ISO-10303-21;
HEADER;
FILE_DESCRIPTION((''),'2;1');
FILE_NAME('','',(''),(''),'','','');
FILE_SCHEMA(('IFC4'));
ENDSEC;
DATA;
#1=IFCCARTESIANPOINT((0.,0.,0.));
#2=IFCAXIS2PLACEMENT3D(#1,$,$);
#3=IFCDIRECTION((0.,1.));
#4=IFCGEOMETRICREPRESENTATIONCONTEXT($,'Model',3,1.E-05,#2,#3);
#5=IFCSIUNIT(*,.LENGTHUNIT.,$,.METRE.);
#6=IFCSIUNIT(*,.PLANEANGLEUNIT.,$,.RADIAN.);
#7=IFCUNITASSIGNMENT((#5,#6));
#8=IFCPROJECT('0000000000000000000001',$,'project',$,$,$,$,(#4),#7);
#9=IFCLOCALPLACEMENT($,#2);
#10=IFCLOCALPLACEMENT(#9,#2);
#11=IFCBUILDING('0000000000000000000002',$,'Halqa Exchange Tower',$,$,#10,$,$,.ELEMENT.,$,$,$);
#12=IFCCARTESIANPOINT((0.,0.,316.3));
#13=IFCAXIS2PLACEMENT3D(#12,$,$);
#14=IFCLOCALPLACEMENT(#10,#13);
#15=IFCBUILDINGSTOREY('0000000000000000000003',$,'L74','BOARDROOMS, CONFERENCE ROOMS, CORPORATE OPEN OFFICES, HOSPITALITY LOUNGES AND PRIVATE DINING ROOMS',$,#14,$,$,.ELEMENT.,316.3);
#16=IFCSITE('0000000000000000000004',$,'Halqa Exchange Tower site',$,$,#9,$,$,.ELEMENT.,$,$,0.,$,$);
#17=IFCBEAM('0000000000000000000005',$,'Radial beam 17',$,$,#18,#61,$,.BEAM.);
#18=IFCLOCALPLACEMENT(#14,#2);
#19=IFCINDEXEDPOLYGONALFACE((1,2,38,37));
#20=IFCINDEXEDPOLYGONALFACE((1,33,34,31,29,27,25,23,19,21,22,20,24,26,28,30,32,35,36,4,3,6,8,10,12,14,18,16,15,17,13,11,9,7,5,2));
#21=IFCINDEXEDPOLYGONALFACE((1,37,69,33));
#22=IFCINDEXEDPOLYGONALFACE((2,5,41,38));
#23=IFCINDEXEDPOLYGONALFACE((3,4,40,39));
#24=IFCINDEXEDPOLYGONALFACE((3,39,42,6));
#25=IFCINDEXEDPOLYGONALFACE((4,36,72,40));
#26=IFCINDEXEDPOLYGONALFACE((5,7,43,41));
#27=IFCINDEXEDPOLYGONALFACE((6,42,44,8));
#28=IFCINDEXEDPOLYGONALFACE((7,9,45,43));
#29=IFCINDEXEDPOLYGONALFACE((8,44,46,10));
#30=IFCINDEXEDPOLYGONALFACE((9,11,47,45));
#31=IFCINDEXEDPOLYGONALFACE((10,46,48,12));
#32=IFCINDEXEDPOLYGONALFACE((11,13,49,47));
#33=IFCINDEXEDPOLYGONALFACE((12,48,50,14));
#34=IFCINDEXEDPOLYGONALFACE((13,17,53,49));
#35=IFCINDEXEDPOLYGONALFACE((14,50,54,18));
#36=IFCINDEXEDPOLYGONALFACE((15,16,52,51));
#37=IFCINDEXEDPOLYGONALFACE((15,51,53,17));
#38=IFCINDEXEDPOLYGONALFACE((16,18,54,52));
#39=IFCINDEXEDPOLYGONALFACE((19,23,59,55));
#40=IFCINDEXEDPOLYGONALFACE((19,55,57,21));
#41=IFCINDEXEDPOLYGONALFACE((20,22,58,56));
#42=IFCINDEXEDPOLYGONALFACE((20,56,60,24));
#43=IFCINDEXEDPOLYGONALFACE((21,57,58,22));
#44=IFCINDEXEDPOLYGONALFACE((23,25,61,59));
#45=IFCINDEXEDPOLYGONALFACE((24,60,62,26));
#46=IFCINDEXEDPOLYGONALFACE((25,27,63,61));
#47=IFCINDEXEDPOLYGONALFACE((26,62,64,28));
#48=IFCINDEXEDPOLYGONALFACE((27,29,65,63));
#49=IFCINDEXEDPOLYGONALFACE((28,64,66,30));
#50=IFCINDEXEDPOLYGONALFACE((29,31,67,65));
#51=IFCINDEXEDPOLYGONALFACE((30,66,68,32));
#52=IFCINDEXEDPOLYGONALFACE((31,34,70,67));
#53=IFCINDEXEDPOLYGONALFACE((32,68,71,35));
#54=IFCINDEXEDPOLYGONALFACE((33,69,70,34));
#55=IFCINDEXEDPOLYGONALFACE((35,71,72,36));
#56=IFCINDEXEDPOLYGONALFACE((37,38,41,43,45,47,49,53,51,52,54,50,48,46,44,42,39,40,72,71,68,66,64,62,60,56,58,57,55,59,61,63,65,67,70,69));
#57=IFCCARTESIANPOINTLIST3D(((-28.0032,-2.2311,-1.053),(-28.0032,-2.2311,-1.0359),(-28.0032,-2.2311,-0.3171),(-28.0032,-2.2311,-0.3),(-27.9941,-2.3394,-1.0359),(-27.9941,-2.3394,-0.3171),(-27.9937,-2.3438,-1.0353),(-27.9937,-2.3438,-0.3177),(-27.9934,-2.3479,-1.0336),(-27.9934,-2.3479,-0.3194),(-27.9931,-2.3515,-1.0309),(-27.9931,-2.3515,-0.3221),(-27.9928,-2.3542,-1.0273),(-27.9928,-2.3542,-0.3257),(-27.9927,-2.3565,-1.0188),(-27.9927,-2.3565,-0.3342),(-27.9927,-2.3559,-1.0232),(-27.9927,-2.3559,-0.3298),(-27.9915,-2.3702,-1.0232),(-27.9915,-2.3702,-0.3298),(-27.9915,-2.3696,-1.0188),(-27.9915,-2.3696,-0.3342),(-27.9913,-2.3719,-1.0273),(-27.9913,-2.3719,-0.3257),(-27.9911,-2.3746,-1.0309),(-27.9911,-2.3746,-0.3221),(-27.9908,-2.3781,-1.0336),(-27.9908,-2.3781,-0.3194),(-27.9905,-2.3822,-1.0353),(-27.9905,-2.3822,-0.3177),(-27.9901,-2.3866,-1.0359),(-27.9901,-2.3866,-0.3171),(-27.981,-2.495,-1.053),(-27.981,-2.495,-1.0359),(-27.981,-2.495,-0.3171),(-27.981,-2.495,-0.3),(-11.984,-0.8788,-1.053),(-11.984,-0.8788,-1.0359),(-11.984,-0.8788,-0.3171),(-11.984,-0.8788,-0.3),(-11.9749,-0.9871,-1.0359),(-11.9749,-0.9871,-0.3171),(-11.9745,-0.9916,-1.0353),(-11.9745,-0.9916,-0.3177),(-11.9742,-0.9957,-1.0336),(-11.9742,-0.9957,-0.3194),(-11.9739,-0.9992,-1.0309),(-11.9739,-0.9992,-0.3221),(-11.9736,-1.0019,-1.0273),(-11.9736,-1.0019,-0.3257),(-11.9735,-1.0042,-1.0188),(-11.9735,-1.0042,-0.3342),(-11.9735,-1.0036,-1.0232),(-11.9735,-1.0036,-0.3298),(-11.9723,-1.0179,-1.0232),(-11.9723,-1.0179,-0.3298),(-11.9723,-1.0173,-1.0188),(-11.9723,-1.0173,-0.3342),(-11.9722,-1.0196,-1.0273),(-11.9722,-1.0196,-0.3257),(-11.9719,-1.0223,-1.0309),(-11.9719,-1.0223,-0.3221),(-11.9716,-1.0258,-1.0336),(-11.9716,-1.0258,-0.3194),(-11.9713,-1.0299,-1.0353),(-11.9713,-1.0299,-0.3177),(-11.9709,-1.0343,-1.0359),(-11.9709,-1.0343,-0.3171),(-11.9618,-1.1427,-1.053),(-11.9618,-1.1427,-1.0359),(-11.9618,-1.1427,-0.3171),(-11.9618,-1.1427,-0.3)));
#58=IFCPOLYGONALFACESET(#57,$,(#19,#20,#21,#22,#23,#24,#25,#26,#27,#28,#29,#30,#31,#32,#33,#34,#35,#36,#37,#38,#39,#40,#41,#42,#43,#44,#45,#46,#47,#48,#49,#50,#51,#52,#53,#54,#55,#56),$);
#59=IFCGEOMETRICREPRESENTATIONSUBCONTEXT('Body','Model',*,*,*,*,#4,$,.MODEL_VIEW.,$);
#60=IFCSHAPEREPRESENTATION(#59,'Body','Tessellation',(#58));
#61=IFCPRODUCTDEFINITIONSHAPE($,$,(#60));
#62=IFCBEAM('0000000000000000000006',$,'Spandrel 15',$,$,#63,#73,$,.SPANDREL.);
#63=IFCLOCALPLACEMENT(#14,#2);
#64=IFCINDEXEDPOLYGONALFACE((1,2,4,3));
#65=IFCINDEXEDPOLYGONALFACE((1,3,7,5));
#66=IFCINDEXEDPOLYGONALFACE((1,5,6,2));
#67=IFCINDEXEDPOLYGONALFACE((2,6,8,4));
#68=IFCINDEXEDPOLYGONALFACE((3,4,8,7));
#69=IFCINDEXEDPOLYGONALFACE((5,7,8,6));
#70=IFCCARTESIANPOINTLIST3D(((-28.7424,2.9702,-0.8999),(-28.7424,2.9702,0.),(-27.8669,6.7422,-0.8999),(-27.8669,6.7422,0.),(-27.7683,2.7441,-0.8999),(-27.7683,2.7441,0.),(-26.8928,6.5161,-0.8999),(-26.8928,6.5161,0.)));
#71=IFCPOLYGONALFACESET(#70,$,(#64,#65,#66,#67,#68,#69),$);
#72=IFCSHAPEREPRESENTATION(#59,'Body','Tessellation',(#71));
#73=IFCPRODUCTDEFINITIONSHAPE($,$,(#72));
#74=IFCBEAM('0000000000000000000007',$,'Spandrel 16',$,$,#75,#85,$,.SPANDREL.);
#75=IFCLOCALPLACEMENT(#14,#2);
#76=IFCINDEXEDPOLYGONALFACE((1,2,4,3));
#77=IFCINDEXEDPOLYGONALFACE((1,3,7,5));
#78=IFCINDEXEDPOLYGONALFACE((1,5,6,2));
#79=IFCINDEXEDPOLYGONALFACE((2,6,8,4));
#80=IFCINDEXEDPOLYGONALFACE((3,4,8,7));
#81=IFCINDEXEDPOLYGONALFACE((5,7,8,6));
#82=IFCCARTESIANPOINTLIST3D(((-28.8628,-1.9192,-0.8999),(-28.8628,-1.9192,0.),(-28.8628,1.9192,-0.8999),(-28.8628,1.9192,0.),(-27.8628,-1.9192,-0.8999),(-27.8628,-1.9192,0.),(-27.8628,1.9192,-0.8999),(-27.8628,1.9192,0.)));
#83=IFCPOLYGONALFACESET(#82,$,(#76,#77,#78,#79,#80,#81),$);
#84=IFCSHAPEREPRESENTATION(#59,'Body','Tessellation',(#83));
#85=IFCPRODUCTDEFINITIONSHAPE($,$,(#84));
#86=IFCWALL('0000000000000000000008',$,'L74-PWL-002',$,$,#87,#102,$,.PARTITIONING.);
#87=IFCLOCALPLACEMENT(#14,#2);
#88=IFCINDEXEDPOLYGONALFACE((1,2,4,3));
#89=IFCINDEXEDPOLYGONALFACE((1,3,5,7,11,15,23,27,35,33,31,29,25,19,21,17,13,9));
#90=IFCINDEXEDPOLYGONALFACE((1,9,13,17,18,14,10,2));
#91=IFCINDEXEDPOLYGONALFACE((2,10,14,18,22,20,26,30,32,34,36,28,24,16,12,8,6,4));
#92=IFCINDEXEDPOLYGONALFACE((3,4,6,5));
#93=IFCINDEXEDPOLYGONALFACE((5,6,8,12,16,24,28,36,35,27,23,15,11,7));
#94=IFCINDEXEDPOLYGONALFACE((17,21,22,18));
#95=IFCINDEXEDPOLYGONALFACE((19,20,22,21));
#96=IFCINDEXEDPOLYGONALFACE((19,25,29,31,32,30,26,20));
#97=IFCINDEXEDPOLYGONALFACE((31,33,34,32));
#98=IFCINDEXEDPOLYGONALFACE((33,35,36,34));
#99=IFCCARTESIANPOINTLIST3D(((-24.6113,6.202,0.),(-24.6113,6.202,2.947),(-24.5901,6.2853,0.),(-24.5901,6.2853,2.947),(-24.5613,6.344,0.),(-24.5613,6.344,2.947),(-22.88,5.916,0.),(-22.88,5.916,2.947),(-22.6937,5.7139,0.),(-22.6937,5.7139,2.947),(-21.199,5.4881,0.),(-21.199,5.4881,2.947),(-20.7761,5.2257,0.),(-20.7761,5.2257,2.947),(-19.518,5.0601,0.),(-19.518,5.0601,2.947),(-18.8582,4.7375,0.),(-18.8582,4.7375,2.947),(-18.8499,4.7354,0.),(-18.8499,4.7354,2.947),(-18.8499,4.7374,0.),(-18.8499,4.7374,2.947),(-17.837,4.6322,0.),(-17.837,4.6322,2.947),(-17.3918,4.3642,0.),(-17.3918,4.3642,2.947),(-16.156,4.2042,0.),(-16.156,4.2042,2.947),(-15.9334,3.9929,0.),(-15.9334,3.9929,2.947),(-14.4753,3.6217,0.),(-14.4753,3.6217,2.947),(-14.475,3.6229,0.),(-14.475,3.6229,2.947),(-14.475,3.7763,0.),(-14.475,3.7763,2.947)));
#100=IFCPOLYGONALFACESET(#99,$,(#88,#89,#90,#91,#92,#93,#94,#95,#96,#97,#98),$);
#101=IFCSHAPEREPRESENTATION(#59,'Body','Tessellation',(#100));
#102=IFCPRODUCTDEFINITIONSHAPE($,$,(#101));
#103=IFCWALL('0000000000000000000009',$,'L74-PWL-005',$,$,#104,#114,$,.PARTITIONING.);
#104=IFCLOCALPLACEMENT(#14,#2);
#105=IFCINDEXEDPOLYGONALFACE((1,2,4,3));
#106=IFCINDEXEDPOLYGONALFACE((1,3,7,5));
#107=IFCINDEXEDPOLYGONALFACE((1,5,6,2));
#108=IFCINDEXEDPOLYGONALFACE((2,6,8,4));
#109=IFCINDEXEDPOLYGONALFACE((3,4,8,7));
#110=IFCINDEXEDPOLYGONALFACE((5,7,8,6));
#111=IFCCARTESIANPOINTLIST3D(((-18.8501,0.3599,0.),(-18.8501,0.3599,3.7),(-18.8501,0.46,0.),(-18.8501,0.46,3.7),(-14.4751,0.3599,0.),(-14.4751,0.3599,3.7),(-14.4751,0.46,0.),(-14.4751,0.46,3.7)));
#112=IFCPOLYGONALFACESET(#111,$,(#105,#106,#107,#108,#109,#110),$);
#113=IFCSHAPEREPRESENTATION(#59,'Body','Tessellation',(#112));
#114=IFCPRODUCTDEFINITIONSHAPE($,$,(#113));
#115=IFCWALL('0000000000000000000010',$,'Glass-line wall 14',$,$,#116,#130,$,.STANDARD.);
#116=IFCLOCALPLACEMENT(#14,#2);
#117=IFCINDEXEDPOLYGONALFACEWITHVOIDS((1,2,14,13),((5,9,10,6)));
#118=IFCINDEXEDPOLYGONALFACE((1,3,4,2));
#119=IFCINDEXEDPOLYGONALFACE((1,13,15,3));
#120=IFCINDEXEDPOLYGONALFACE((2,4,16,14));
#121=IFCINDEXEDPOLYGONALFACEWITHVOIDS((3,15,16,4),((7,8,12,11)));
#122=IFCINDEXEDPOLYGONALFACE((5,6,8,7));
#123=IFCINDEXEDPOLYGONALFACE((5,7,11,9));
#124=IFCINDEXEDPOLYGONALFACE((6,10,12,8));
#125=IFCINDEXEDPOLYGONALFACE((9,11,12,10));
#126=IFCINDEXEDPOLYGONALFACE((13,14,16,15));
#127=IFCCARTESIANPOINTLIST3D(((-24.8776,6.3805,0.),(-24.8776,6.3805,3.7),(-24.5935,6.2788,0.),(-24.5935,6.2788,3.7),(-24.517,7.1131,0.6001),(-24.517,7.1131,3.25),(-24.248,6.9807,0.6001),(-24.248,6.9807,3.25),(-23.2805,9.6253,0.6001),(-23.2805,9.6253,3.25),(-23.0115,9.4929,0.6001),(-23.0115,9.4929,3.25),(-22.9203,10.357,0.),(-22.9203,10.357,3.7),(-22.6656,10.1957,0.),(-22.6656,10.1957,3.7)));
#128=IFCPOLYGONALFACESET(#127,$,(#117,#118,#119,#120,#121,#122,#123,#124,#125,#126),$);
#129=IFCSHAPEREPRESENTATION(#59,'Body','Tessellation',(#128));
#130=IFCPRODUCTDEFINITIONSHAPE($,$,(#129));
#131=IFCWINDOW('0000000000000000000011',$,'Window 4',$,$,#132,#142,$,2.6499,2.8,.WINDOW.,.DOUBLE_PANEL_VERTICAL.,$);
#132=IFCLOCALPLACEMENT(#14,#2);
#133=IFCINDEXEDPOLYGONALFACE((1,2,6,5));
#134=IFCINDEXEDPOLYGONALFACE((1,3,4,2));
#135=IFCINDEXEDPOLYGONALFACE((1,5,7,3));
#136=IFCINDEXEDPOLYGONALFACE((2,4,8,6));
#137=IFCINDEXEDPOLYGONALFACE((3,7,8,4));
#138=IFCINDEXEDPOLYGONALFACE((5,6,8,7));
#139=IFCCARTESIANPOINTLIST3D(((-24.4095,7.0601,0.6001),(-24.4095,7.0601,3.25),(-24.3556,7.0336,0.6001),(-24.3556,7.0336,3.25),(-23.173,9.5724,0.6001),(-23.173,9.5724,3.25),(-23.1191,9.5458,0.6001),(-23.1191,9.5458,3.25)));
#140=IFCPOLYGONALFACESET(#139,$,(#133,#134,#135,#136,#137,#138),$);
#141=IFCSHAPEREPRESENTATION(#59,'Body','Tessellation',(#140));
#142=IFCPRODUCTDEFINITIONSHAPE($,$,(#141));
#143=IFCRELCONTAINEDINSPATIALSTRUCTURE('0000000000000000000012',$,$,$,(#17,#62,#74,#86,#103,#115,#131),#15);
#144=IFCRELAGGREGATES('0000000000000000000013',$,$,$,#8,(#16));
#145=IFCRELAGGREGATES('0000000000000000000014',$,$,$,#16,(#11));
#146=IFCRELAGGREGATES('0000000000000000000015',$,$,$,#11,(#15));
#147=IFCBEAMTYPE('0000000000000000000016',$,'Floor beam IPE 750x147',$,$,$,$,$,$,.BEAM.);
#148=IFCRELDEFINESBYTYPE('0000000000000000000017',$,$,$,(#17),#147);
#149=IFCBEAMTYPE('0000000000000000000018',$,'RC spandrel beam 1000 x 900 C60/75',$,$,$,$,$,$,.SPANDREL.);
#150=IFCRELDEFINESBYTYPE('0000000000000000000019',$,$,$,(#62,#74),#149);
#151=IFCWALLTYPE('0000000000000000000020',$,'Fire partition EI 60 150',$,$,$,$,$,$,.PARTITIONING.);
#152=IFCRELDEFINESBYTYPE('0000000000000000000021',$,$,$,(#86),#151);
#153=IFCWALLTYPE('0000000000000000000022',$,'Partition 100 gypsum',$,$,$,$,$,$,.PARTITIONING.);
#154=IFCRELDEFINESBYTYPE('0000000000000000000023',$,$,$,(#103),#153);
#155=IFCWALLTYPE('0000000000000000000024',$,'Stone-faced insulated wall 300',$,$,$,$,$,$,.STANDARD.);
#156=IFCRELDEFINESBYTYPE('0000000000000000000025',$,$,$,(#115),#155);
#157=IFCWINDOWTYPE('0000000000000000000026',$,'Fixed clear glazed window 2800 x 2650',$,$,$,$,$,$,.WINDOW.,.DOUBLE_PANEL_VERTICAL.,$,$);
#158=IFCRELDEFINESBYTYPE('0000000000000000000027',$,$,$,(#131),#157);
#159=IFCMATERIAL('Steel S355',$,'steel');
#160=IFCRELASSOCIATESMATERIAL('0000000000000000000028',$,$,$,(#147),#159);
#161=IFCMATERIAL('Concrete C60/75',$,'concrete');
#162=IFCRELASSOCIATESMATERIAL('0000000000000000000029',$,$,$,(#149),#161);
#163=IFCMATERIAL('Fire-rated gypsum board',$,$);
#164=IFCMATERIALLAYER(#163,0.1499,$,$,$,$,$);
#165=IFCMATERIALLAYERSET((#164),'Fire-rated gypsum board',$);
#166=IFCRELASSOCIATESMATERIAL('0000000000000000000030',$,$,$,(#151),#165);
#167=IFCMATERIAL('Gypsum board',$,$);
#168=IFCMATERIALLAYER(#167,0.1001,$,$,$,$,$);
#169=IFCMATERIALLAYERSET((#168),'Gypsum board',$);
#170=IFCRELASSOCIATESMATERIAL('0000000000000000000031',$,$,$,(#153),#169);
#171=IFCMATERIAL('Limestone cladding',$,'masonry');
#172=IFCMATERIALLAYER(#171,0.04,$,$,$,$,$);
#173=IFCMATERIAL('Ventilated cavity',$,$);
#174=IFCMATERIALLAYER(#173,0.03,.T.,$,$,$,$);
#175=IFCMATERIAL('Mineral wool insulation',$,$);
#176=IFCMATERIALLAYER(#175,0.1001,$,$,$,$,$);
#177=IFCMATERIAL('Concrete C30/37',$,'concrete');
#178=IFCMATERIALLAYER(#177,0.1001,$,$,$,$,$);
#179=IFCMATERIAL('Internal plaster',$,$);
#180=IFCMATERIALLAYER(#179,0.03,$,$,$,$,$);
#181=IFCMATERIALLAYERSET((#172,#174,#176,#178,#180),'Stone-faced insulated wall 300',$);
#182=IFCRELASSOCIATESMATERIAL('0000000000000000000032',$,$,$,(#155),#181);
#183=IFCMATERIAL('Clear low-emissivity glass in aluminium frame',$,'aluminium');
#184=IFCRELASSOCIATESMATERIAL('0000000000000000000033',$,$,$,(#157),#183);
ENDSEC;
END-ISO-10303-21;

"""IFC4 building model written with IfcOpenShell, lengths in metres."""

from ifc_helpers import new_model, si_unit, direction, frame, frame_2d, origin, origin_2d, place, context, subcontext, project, spatial, polyline, rectangle, i_section, outline, extrude, material, layer, layer_set, material_profile, profile_set, type_object, element, fill, save


model = new_model("IFC4")

# Units and contexts
model_context = context("Model", 3, precision=1e-05, world=origin(), true_north=direction((0.0, 1.0)))
body_context = subcontext(model_context, "Body", "Model", "MODEL_VIEW")
ifc_project = project(units=[si_unit("LENGTHUNIT", "METRE"), si_unit("PLANEANGLEUNIT", "RADIAN")], contexts=[model_context])

# Site, building, storey
site_placement = place(None, origin())
site = spatial("IfcSite", under=ifc_project, at=site_placement, Name="Halqa Exchange Tower site", CompositionType="ELEMENT", RefElevation=0.0)
building_placement = place(site_placement, origin())
building = spatial("IfcBuilding", under=site, at=building_placement, Name="Halqa Exchange Tower", CompositionType="ELEMENT")
storey_placement = place(building_placement, frame((0.0, 0.0, 316.3)))
storey = spatial("IfcBuildingStorey", under=building, at=storey_placement, Name="L74", Description="BOARDROOMS, CONFERENCE ROOMS, CORPORATE OPEN OFFICES, HOSPITALITY LOUNGES AND PRIVATE DINING ROOMS", CompositionType="ELEMENT", Elevation=316.3)

# Beams
ifc_material_1 = material(Name="Steel S355", Category="steel")
ifc_material_profile_1 = material_profile(ifc_material_1, i_section(OverallWidth=0.2649, OverallDepth=0.7529, WebThickness=0.0132, FlangeThickness=0.0171, FilletRadius=0.0171, at=origin_2d()), Name="IPE 750x147")
ifc_profile_set_1 = profile_set([ifc_material_profile_1], Name="Steel S355")
beam_type_1 = type_object("IfcBeamType", Name="Floor beam IPE 750x147", PredefinedType="BEAM", material=ifc_profile_set_1)
for number, where, z_axis, x_axis, name in (
    (1, (-11.9729, -1.0107, -0.6765), (-0.996456, -0.084117, 0.0), (0.084117, -0.996456, 0.0), "Radial beam 17"),
):
    element("IfcBeam", number, at=place(storey_placement, frame(where, z_axis=z_axis, x_axis=x_axis)), inside=storey, type_object=beam_type_1, Name=name, PredefinedType="BEAM", context=body_context, shape_type="SweptSolid", body=[
        extrude(i_section(OverallWidth=0.2649, OverallDepth=0.7529, WebThickness=0.0132, FlangeThickness=0.0171, FilletRadius=0.0171, at=origin_2d()), origin(), (0.0, 0.0, 1.0), 16.0762),
    ])
ifc_material_2 = material(Name="Concrete C60/75", Category="concrete")
ifc_material_profile_2 = material_profile(ifc_material_2, rectangle(XDim=1.0, YDim=0.8999, at=origin_2d()), Name="1000 x 900")
ifc_profile_set_2 = profile_set([ifc_material_profile_2], Name="Concrete C60/75")
beam_type_2 = type_object("IfcBeamType", Name="RC spandrel beam 1000 x 900 C60/75", PredefinedType="SPANDREL", material=ifc_profile_set_2)
beam_1_placement = place(storey_placement, frame((-27.3799, 6.6292, -0.45), z_axis=(-0.226093, -0.974106, 0.0), x_axis=(0.974106, -0.226093, 0.0)))
element("IfcBeam", 2, at=beam_1_placement, inside=storey, type_object=beam_type_2, Name="Spandrel 15", PredefinedType="SPANDREL", context=body_context, shape_type="SweptSolid", body=[
    extrude(rectangle(XDim=1.0, YDim=0.8999, at=origin_2d()), origin(), (0.0, 0.0, 1.0), 3.8723),
])
beam_2_placement = place(storey_placement, frame((-28.3628, 1.9192, -0.45), z_axis=(0.0, -1.0, 0.0), x_axis=(1.0, 0.0, 0.0)))
element("IfcBeam", 3, at=beam_2_placement, inside=storey, type_object=beam_type_2, Name="Spandrel 16", PredefinedType="SPANDREL", context=body_context, shape_type="SweptSolid", body=[
    extrude(rectangle(XDim=1.0, YDim=0.8999, at=origin_2d()), origin(), (0.0, 0.0, 1.0), 3.8384),
])

# Walls
ifc_material_3 = material(Name="Fire-rated gypsum board")
ifc_layer_1 = layer(ifc_material_3, 0.1499)
ifc_layer_set_1 = layer_set([ifc_layer_1], Name="Fire-rated gypsum board")
wall_type_1 = type_object("IfcWallType", Name="Fire partition EI 60 150", PredefinedType="PARTITIONING", material=ifc_layer_set_1)
wall_1_placement = place(storey_placement, frame((-24.5928, 6.2747, 0.0), z_axis=(0.0, 0.0, 1.0), x_axis=(0.969091, -0.246702, 0.0)))
element("IfcWall", 4, at=wall_1_placement, inside=storey, type_object=wall_type_1, Name="L74-PWL-002", PredefinedType="PARTITIONING", context=body_context, shape_type="SweptSolid", body=[
    extrude(outline(polyline([(0.0, -0.075), (1.9788, -0.075), (3.9575, -0.075), (5.9365, -0.075), (5.9446, -0.073), (5.9451, -0.075), (7.4497, -0.075), (8.9546, -0.075), (10.4592, -0.075), (10.4592, -0.0737), (10.4214, 0.075), (8.6868, 0.075), (6.9521, 0.075), (5.2175, 0.075), (3.4829, 0.075), (1.7483, 0.075), (0.0134, 0.075), (0.0, 0.011), (0.0, -0.075)])), origin(), (0.0, 0.0, 1.0), 2.947),
])
ifc_material_4 = material(Name="Gypsum board")
ifc_layer_2 = layer(ifc_material_4, 0.1001)
ifc_layer_set_2 = layer_set([ifc_layer_2], Name="Gypsum board")
wall_type_2 = type_object("IfcWallType", Name="Partition 100 gypsum", PredefinedType="PARTITIONING", material=ifc_layer_set_2)
wall_2_placement = place(storey_placement, frame((-18.8501, 0.4099, 0.0), z_axis=(0.0, 0.0, 1.0), x_axis=(1.0, 0.0, 0.0)))
element("IfcWall", 5, at=wall_2_placement, inside=storey, type_object=wall_type_2, Name="L74-PWL-005", PredefinedType="PARTITIONING", context=body_context, shape_type="SweptSolid", body=[
    extrude(rectangle(XDim=4.375, YDim=0.1001, at=frame_2d((2.1875, 0.0))), origin(), (0.0, 0.0, 1.0), 3.7),
])

# Wall, opening, window
ifc_material_5 = material(Name="Limestone cladding", Category="masonry")
ifc_layer_3 = layer(ifc_material_5, 0.04)
ifc_material_6 = material(Name="Ventilated cavity")
ifc_layer_4 = layer(ifc_material_6, 0.03, ventilated=True)
ifc_material_7 = material(Name="Mineral wool insulation")
ifc_layer_5 = layer(ifc_material_7, 0.1001)
ifc_material_8 = material(Name="Concrete C30/37", Category="concrete")
ifc_layer_6 = layer(ifc_material_8, 0.1001)
ifc_material_9 = material(Name="Internal plaster")
ifc_layer_7 = layer(ifc_material_9, 0.03)
ifc_layer_set_3 = layer_set([ifc_layer_3, ifc_layer_4, ifc_layer_5, ifc_layer_6, ifc_layer_7], Name="Stone-faced insulated wall 300")
wall_type_3 = type_object("IfcWallType", Name="Stone-faced insulated wall 300", PredefinedType="STANDARD", material=ifc_layer_set_3)
wall_3_placement = place(storey_placement, frame((-22.793, 10.2764, 0.0), z_axis=(0.0, 0.0, 1.0), x_axis=(-0.44161, -0.897207, 0.0)))
wall_3 = element("IfcWall", 6, at=wall_3_placement, inside=storey, type_object=wall_type_3, Name="Glass-line wall 14", PredefinedType="STANDARD", context=body_context, shape_type="SweptSolid", body=[
    extrude(outline(polyline([(-0.0161, -0.1499), (4.416, -0.1499), (4.3818, 0.1499), (0.0161, 0.1499), (-0.0161, -0.1499)])), origin(), (0.0, 0.0, 1.0), 3.7),
])
opening_1_placement = place(wall_3_placement, frame((0.7996, 0.0, 0.6001)))
opening_1 = element("IfcOpeningElement", 7, at=opening_1_placement, cuts=wall_3, PredefinedType="OPENING", context=body_context, shape_type="SweptSolid", body=[
    extrude(rectangle(XDim=2.8, YDim=2.6499, at=frame_2d((1.3999, 1.325))), frame((0.0, 0.1621, 0.0), z_axis=(0.0, -1.0, 0.0), x_axis=(1.0, 0.0, 0.0)), (0.0, 0.0, 1.0), 0.324),
])
ifc_material_10 = material(Name="Clear low-emissivity glass in aluminium frame", Category="aluminium")
window_type = type_object("IfcWindowType", Name="Fixed clear glazed window 2800 x 2650", PartitioningType="DOUBLE_PANEL_VERTICAL", PredefinedType="WINDOW", material=ifc_material_10)
window_1_placement = place(opening_1_placement, origin())
window_1 = element("IfcWindow", 8, at=window_1_placement, inside=storey, type_object=window_type, Name="Window 4", OverallHeight=2.6499, OverallWidth=2.8, PartitioningType="DOUBLE_PANEL_VERTICAL", PredefinedType="WINDOW", context=body_context, shape_type="SweptSolid", body=[
    extrude(rectangle(XDim=2.8, YDim=2.6499, at=frame_2d((1.3999, 1.325))), frame((0.0, 0.03, 0.0), z_axis=(0.0, -1.0, 0.0), x_axis=(1.0, 0.0, 0.0)), (0.0, 0.0, 1.0), 0.0601),
])
fill(opening_1, window_1)

save(model, "model.ifc")
